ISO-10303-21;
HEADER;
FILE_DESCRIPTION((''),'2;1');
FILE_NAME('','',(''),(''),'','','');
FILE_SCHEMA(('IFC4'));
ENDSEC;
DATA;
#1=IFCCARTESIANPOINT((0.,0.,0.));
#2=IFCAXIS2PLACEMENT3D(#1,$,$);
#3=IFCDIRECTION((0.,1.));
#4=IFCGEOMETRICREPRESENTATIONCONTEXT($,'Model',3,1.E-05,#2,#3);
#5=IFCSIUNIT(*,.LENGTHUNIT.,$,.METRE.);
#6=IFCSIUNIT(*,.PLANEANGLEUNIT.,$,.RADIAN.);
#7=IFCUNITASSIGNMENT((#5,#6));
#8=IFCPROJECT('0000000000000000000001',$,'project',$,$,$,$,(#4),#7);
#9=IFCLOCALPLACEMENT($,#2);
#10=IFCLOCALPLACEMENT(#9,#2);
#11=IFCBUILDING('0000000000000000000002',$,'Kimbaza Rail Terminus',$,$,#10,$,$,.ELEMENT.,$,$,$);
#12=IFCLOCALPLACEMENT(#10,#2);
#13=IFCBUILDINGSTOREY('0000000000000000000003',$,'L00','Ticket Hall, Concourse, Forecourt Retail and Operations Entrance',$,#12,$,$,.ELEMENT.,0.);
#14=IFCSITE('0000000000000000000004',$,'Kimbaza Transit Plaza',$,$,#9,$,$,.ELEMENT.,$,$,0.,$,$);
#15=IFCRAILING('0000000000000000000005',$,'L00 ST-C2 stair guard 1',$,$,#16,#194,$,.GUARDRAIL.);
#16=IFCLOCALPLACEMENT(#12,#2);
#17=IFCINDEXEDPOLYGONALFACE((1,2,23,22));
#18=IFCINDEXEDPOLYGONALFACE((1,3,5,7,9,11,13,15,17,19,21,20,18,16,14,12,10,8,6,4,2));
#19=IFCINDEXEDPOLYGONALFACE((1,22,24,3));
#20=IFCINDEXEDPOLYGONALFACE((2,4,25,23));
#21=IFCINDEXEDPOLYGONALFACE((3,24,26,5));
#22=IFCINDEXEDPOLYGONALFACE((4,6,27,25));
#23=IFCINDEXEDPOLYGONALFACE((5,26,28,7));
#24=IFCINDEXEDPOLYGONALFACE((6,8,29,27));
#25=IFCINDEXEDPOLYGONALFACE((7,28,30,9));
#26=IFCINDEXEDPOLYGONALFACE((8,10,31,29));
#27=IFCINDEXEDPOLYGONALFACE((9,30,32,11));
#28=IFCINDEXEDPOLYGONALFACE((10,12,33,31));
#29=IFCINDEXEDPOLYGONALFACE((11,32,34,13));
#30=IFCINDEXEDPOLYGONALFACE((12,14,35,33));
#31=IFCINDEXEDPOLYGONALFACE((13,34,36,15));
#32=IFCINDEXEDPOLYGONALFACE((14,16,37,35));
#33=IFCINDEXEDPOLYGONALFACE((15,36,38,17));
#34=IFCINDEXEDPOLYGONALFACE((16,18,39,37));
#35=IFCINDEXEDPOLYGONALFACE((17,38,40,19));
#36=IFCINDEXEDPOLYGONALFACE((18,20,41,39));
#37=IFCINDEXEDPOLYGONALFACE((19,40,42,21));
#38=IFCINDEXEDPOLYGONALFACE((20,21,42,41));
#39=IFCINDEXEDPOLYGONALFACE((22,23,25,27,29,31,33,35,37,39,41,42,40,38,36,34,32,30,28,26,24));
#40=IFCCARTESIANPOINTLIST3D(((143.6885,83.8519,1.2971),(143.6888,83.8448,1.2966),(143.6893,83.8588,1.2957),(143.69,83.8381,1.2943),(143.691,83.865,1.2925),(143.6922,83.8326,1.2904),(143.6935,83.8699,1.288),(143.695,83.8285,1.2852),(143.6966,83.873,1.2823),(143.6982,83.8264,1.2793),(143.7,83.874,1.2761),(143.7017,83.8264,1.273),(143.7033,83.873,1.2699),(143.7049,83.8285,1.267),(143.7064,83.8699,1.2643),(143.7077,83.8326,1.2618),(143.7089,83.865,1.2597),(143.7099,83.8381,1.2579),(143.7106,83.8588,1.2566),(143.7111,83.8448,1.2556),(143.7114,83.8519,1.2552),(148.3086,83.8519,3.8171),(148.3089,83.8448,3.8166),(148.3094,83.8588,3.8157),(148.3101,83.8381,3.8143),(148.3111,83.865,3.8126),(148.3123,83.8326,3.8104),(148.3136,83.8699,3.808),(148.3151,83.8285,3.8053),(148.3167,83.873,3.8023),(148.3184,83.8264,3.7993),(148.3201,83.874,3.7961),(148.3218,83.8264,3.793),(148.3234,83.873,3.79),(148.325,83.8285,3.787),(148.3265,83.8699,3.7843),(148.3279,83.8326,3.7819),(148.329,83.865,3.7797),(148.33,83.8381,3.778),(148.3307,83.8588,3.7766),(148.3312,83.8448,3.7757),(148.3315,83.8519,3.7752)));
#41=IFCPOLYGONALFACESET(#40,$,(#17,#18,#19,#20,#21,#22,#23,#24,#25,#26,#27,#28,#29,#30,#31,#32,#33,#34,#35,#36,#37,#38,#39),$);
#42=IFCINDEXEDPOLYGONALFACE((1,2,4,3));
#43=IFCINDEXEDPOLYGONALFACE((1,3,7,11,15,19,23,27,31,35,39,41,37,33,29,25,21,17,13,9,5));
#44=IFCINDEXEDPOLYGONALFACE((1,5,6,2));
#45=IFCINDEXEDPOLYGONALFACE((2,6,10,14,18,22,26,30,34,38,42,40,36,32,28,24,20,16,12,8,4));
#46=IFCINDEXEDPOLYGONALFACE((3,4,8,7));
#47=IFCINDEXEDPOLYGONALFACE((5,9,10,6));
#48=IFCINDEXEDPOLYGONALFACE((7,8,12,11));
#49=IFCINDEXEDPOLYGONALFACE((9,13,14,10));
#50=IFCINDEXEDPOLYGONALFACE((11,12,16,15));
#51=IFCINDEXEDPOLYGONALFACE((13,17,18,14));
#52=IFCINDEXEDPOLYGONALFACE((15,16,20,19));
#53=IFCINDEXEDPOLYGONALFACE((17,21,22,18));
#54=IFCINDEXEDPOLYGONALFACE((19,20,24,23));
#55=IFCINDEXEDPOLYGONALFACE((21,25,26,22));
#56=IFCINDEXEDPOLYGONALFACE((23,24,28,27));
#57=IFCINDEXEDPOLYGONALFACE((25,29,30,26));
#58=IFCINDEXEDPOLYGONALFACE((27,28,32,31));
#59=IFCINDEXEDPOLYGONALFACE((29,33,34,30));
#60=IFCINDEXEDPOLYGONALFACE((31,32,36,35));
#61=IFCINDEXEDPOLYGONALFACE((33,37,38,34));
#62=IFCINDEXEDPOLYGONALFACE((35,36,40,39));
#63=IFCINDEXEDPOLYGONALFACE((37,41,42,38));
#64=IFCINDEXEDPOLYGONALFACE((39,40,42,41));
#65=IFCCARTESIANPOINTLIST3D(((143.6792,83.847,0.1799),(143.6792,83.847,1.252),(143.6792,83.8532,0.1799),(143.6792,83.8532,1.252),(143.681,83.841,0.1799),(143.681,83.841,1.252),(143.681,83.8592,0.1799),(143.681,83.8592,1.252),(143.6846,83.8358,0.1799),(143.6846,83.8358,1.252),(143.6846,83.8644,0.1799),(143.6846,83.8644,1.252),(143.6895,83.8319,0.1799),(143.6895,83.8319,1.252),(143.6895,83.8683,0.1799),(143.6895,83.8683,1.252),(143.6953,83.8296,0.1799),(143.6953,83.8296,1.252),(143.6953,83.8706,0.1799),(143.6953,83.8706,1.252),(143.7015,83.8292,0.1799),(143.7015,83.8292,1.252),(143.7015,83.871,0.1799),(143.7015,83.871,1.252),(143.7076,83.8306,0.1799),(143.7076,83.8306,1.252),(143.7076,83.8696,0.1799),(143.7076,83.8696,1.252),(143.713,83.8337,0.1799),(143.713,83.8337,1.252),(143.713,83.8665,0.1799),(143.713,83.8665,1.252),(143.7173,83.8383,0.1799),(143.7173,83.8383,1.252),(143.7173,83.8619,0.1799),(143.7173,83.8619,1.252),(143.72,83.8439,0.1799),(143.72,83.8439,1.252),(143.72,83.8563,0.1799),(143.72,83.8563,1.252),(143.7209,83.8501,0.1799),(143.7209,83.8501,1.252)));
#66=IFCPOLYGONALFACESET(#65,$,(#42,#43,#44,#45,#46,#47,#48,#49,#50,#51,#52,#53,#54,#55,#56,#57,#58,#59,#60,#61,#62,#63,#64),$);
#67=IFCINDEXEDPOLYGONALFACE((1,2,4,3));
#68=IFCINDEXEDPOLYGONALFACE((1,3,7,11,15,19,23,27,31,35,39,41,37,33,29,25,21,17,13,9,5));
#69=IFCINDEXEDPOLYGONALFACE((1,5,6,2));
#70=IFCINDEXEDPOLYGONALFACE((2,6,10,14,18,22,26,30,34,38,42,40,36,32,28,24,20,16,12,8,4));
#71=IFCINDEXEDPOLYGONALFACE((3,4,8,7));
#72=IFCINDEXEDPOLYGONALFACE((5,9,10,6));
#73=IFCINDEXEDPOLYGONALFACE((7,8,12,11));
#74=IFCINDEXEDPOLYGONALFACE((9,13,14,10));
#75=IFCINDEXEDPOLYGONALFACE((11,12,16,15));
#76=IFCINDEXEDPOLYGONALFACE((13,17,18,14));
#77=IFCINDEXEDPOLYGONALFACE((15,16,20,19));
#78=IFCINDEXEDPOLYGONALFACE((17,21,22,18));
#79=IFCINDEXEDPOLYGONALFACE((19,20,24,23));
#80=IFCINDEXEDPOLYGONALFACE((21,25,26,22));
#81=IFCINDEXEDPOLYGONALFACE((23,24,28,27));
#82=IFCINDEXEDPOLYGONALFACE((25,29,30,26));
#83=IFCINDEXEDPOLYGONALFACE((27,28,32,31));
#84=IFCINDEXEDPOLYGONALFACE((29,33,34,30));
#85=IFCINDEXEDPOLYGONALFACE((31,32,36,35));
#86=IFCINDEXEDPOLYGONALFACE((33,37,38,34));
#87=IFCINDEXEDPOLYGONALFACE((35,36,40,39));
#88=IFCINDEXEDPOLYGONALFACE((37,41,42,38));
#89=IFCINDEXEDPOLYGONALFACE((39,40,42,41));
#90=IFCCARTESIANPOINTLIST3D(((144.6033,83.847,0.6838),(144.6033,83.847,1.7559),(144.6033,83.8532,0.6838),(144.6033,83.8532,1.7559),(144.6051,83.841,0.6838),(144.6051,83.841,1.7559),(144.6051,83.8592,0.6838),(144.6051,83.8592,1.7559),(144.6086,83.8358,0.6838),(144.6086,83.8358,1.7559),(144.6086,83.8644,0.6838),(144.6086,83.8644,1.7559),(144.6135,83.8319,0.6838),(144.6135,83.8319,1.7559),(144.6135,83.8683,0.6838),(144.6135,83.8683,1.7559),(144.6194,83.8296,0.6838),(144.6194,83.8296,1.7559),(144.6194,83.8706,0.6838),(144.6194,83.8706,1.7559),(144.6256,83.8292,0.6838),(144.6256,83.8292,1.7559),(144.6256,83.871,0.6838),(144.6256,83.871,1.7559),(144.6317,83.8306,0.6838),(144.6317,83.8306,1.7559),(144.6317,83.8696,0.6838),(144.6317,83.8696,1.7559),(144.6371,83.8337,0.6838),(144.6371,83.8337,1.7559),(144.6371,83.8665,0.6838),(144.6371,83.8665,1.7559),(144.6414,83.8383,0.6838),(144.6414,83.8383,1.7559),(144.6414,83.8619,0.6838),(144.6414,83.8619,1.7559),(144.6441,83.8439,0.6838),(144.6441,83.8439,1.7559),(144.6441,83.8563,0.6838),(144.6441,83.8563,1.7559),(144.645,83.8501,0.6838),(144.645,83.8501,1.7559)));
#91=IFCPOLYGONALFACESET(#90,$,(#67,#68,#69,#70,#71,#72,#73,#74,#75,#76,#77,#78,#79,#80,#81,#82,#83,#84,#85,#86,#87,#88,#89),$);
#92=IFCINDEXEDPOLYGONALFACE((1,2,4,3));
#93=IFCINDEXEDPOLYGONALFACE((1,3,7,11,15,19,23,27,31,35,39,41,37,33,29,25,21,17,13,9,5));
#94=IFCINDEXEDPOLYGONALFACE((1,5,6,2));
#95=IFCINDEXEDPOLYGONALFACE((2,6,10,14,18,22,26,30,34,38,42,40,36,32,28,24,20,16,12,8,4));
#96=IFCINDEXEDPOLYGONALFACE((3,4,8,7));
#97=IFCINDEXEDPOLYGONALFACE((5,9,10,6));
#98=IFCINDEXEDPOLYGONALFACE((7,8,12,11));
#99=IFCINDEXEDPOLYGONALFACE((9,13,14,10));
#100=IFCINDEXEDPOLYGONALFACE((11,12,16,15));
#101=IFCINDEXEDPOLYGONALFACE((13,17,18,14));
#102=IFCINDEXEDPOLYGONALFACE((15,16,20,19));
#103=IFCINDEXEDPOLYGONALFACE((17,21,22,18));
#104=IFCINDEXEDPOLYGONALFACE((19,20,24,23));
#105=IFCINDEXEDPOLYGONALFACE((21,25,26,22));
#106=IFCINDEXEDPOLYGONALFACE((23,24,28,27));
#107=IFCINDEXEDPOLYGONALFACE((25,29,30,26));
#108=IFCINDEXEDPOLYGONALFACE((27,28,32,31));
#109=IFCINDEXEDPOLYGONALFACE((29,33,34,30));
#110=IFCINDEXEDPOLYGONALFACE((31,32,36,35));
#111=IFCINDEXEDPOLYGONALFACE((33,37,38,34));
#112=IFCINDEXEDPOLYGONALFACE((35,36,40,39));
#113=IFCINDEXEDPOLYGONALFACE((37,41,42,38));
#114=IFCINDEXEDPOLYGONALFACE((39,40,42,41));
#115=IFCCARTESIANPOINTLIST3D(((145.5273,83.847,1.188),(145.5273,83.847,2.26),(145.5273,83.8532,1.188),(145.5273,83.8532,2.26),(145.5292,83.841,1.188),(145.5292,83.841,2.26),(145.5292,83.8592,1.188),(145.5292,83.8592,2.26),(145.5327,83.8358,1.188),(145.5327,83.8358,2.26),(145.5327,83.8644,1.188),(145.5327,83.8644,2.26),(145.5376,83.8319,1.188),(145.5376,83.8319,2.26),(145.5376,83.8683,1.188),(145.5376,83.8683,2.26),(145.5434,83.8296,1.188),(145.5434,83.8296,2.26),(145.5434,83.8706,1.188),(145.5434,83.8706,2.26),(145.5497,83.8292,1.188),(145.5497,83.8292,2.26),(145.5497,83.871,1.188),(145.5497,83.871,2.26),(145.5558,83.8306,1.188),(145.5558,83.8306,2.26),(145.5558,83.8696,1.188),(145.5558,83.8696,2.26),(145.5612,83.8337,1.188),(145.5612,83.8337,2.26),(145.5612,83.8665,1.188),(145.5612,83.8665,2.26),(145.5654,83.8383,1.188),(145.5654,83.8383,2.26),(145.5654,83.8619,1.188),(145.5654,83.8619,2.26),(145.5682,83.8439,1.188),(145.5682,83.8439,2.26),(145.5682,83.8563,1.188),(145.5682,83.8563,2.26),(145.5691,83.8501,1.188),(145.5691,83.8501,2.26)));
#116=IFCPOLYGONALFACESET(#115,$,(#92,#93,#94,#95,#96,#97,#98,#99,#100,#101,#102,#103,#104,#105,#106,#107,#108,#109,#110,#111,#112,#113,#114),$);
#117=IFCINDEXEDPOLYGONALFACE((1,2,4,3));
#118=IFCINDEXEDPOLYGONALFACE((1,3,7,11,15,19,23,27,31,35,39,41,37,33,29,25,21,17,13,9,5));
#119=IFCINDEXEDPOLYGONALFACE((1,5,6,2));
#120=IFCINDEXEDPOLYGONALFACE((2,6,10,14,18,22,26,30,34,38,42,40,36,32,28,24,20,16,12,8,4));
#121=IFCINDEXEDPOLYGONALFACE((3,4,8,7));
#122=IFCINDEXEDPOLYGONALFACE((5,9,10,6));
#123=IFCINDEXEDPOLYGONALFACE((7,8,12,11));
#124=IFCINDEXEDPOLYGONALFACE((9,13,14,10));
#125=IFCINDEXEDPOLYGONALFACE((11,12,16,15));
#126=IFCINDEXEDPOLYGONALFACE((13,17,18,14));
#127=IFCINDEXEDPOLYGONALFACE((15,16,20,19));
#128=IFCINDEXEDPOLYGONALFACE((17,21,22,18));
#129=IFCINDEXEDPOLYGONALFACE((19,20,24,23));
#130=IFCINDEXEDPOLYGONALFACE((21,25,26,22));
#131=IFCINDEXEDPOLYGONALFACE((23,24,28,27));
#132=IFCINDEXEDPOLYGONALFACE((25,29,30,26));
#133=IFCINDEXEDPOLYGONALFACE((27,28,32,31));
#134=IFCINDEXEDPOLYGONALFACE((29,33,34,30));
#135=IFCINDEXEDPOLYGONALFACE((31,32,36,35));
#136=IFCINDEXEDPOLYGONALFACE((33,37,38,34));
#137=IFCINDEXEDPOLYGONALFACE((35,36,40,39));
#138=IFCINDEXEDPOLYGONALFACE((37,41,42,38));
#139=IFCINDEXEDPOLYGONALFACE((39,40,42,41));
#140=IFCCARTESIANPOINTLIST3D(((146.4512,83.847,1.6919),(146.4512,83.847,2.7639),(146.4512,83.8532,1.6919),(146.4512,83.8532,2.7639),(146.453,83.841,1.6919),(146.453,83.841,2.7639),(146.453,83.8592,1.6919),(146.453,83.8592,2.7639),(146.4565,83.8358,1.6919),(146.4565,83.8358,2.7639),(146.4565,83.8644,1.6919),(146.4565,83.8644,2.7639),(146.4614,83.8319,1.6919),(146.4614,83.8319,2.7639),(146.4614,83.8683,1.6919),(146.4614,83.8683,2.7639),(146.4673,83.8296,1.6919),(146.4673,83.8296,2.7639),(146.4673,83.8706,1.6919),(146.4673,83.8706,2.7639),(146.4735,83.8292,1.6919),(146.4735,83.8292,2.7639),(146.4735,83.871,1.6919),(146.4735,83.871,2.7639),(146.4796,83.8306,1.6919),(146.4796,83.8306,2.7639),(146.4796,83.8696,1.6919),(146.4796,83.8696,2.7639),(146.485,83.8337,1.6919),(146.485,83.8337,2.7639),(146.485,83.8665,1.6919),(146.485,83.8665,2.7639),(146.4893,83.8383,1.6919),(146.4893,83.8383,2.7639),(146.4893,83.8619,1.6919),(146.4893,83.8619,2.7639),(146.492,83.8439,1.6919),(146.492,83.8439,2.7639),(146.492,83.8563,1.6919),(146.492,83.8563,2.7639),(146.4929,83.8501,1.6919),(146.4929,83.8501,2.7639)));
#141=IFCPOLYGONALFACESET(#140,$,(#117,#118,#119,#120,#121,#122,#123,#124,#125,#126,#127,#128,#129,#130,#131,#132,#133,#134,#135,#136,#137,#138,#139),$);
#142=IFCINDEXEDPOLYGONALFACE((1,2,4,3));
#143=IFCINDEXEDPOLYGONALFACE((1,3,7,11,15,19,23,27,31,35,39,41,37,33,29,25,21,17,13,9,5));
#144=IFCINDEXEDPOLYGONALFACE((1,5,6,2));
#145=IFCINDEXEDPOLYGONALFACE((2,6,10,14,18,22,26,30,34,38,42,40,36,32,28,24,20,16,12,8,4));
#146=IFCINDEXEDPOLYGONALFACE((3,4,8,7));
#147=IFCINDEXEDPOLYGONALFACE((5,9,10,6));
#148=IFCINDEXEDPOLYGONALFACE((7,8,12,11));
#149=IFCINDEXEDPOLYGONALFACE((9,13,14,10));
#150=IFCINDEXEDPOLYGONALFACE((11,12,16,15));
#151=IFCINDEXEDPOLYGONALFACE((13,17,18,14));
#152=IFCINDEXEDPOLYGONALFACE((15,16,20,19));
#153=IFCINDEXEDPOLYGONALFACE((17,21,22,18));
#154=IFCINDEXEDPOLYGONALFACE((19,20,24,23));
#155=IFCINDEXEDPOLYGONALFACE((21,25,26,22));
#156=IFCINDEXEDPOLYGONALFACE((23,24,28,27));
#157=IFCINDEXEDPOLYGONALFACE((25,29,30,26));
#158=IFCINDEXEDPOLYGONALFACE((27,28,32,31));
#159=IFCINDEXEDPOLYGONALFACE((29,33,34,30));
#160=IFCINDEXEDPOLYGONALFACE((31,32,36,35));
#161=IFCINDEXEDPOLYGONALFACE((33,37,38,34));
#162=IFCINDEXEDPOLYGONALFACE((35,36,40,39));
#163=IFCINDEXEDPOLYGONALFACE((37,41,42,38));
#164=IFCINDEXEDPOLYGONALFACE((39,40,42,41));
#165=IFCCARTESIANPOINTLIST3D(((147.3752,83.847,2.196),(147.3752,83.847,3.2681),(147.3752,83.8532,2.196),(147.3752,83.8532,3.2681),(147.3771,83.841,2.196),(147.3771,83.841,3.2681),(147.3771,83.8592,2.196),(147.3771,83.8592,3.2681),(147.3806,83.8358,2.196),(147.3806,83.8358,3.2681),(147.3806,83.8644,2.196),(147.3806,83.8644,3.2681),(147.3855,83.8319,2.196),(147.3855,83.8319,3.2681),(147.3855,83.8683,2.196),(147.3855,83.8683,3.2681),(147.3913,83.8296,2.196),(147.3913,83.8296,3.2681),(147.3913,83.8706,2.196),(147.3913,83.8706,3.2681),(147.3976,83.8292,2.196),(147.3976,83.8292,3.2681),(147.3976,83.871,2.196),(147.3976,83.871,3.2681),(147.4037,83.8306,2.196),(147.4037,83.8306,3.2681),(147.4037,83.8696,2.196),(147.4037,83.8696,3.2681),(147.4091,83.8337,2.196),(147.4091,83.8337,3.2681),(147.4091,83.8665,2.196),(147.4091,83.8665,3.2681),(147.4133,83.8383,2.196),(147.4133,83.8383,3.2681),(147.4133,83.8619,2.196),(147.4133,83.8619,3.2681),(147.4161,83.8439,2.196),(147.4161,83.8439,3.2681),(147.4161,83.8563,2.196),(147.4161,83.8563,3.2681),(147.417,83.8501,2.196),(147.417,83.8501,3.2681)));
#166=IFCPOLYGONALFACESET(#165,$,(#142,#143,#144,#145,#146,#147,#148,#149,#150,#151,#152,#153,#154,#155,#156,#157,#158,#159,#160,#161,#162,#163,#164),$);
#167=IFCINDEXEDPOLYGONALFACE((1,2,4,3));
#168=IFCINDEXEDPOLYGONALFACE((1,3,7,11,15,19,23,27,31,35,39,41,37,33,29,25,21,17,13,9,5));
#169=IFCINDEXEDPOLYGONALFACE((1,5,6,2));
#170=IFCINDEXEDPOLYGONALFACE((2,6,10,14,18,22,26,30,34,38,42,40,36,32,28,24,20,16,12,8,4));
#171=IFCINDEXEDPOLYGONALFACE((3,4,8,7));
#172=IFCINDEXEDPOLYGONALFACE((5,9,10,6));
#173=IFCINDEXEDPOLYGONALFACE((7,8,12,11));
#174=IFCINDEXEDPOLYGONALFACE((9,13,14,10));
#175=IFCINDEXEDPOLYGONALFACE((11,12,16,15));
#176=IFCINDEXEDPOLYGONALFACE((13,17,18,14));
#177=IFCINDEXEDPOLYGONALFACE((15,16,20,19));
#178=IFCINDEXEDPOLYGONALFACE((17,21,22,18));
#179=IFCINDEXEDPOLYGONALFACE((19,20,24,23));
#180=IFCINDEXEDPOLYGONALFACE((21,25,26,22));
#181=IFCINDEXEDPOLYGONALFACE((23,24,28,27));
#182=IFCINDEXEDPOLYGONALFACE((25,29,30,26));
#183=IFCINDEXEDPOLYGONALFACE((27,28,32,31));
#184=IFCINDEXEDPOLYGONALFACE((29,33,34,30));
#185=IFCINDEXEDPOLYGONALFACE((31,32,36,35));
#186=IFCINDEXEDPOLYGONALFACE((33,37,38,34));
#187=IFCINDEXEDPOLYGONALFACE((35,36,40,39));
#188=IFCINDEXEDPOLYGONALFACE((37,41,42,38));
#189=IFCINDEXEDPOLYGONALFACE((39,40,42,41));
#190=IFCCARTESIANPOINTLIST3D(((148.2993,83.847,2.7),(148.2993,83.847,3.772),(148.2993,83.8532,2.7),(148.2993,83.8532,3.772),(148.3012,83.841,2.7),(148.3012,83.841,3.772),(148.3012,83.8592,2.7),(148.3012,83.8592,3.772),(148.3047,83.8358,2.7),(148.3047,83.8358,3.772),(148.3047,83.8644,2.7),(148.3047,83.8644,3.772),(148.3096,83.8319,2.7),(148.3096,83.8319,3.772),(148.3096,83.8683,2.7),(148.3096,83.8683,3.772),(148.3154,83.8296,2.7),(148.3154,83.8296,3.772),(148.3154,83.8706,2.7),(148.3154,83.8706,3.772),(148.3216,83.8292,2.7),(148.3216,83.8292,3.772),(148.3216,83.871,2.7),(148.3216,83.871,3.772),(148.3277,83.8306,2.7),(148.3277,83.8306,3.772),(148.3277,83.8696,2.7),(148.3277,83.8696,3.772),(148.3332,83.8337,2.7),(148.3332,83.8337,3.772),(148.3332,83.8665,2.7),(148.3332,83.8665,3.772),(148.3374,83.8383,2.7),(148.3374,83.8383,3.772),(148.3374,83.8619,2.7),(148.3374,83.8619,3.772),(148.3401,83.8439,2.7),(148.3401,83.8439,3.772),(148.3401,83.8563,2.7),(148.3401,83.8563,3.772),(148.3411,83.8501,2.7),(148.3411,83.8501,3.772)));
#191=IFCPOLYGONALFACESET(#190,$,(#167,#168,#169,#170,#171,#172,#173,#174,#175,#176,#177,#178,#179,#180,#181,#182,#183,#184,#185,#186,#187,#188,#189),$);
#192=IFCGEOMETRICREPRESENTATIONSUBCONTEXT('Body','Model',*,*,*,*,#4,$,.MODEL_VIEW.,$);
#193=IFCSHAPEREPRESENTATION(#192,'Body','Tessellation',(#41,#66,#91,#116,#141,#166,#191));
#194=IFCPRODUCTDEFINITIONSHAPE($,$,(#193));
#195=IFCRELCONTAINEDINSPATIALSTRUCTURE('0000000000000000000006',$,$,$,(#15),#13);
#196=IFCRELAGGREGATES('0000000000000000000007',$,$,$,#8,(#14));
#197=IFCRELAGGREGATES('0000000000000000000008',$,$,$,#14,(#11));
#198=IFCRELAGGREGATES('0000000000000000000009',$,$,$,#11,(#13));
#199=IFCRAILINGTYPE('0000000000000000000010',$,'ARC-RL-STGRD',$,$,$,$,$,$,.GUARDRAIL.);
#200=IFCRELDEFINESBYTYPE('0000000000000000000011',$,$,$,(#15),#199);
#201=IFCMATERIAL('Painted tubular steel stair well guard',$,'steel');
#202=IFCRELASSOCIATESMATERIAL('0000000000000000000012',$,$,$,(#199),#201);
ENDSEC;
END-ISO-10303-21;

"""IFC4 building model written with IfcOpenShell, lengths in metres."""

from ifc_helpers import new_model, si_unit, direction, frame, origin, origin_2d, place, context, subcontext, project, spatial, circle, extrude, material, type_object, element, save


model = new_model("IFC4")

# Units and contexts
model_context = context("Model", 3, precision=1e-05, world=origin(), true_north=direction((0.0, 1.0)))
body_context = subcontext(model_context, "Body", "Model", "MODEL_VIEW")
ifc_project = project(units=[si_unit("LENGTHUNIT", "METRE"), si_unit("PLANEANGLEUNIT", "RADIAN")], contexts=[model_context])

# Site, building, storey
site_placement = place(None, origin())
site = spatial("IfcSite", under=ifc_project, at=site_placement, Name="Kimbaza Transit Plaza", CompositionType="ELEMENT", RefElevation=0.0)
building_placement = place(site_placement, origin())
building = spatial("IfcBuilding", under=site, at=building_placement, Name="Kimbaza Rail Terminus", CompositionType="ELEMENT")
storey_placement = place(building_placement, origin())
storey = spatial("IfcBuildingStorey", under=building, at=storey_placement, Name="L00", Description="Ticket Hall, Concourse, Forecourt Retail and Operations Entrance", CompositionType="ELEMENT", Elevation=0.0)

# Railing
ifc_material_1 = material(Name="Painted tubular steel stair well guard", Category="steel")
railing_type_1 = type_object("IfcRailingType", Name="ARC-RL-STGRD", PredefinedType="GUARDRAIL", material=ifc_material_1)
railing_1_placement = place(storey_placement, frame((143.7, 83.8501, 0.1799)))
element("IfcRailing", 1, at=railing_1_placement, inside=storey, type_object=railing_type_1, Name="L00 ST-C2 stair guard 1", PredefinedType="GUARDRAIL", context=body_context, shape_type="SweptSolid", body=[
    extrude(circle(Radius=0.0239, at=origin_2d()), frame((0.0, 0.0, 1.0962), z_axis=(0.877899, 0.0, 0.478846), x_axis=(0.0, 1.0, 0.0)), (0.0, 0.0, 1.0), 5.2627),
    extrude(circle(Radius=0.021, at=origin_2d()), origin(), (0.0, 0.0, 1.0), 1.072),
    extrude(circle(Radius=0.021, at=origin_2d()), frame((0.9241, 0.0, 0.5039)), (0.0, 0.0, 1.0), 1.072),
    extrude(circle(Radius=0.021, at=origin_2d()), frame((1.8481, 0.0, 1.0081)), (0.0, 0.0, 1.0), 1.072),
    extrude(circle(Radius=0.021, at=origin_2d()), frame((2.772, 0.0, 1.512)), (0.0, 0.0, 1.0), 1.072),
    extrude(circle(Radius=0.021, at=origin_2d()), frame((3.696, 0.0, 2.0161)), (0.0, 0.0, 1.0), 1.072),
    extrude(circle(Radius=0.021, at=origin_2d()), frame((4.6201, 0.0, 2.52)), (0.0, 0.0, 1.0), 1.072),
])

save(model, "model.ifc")
